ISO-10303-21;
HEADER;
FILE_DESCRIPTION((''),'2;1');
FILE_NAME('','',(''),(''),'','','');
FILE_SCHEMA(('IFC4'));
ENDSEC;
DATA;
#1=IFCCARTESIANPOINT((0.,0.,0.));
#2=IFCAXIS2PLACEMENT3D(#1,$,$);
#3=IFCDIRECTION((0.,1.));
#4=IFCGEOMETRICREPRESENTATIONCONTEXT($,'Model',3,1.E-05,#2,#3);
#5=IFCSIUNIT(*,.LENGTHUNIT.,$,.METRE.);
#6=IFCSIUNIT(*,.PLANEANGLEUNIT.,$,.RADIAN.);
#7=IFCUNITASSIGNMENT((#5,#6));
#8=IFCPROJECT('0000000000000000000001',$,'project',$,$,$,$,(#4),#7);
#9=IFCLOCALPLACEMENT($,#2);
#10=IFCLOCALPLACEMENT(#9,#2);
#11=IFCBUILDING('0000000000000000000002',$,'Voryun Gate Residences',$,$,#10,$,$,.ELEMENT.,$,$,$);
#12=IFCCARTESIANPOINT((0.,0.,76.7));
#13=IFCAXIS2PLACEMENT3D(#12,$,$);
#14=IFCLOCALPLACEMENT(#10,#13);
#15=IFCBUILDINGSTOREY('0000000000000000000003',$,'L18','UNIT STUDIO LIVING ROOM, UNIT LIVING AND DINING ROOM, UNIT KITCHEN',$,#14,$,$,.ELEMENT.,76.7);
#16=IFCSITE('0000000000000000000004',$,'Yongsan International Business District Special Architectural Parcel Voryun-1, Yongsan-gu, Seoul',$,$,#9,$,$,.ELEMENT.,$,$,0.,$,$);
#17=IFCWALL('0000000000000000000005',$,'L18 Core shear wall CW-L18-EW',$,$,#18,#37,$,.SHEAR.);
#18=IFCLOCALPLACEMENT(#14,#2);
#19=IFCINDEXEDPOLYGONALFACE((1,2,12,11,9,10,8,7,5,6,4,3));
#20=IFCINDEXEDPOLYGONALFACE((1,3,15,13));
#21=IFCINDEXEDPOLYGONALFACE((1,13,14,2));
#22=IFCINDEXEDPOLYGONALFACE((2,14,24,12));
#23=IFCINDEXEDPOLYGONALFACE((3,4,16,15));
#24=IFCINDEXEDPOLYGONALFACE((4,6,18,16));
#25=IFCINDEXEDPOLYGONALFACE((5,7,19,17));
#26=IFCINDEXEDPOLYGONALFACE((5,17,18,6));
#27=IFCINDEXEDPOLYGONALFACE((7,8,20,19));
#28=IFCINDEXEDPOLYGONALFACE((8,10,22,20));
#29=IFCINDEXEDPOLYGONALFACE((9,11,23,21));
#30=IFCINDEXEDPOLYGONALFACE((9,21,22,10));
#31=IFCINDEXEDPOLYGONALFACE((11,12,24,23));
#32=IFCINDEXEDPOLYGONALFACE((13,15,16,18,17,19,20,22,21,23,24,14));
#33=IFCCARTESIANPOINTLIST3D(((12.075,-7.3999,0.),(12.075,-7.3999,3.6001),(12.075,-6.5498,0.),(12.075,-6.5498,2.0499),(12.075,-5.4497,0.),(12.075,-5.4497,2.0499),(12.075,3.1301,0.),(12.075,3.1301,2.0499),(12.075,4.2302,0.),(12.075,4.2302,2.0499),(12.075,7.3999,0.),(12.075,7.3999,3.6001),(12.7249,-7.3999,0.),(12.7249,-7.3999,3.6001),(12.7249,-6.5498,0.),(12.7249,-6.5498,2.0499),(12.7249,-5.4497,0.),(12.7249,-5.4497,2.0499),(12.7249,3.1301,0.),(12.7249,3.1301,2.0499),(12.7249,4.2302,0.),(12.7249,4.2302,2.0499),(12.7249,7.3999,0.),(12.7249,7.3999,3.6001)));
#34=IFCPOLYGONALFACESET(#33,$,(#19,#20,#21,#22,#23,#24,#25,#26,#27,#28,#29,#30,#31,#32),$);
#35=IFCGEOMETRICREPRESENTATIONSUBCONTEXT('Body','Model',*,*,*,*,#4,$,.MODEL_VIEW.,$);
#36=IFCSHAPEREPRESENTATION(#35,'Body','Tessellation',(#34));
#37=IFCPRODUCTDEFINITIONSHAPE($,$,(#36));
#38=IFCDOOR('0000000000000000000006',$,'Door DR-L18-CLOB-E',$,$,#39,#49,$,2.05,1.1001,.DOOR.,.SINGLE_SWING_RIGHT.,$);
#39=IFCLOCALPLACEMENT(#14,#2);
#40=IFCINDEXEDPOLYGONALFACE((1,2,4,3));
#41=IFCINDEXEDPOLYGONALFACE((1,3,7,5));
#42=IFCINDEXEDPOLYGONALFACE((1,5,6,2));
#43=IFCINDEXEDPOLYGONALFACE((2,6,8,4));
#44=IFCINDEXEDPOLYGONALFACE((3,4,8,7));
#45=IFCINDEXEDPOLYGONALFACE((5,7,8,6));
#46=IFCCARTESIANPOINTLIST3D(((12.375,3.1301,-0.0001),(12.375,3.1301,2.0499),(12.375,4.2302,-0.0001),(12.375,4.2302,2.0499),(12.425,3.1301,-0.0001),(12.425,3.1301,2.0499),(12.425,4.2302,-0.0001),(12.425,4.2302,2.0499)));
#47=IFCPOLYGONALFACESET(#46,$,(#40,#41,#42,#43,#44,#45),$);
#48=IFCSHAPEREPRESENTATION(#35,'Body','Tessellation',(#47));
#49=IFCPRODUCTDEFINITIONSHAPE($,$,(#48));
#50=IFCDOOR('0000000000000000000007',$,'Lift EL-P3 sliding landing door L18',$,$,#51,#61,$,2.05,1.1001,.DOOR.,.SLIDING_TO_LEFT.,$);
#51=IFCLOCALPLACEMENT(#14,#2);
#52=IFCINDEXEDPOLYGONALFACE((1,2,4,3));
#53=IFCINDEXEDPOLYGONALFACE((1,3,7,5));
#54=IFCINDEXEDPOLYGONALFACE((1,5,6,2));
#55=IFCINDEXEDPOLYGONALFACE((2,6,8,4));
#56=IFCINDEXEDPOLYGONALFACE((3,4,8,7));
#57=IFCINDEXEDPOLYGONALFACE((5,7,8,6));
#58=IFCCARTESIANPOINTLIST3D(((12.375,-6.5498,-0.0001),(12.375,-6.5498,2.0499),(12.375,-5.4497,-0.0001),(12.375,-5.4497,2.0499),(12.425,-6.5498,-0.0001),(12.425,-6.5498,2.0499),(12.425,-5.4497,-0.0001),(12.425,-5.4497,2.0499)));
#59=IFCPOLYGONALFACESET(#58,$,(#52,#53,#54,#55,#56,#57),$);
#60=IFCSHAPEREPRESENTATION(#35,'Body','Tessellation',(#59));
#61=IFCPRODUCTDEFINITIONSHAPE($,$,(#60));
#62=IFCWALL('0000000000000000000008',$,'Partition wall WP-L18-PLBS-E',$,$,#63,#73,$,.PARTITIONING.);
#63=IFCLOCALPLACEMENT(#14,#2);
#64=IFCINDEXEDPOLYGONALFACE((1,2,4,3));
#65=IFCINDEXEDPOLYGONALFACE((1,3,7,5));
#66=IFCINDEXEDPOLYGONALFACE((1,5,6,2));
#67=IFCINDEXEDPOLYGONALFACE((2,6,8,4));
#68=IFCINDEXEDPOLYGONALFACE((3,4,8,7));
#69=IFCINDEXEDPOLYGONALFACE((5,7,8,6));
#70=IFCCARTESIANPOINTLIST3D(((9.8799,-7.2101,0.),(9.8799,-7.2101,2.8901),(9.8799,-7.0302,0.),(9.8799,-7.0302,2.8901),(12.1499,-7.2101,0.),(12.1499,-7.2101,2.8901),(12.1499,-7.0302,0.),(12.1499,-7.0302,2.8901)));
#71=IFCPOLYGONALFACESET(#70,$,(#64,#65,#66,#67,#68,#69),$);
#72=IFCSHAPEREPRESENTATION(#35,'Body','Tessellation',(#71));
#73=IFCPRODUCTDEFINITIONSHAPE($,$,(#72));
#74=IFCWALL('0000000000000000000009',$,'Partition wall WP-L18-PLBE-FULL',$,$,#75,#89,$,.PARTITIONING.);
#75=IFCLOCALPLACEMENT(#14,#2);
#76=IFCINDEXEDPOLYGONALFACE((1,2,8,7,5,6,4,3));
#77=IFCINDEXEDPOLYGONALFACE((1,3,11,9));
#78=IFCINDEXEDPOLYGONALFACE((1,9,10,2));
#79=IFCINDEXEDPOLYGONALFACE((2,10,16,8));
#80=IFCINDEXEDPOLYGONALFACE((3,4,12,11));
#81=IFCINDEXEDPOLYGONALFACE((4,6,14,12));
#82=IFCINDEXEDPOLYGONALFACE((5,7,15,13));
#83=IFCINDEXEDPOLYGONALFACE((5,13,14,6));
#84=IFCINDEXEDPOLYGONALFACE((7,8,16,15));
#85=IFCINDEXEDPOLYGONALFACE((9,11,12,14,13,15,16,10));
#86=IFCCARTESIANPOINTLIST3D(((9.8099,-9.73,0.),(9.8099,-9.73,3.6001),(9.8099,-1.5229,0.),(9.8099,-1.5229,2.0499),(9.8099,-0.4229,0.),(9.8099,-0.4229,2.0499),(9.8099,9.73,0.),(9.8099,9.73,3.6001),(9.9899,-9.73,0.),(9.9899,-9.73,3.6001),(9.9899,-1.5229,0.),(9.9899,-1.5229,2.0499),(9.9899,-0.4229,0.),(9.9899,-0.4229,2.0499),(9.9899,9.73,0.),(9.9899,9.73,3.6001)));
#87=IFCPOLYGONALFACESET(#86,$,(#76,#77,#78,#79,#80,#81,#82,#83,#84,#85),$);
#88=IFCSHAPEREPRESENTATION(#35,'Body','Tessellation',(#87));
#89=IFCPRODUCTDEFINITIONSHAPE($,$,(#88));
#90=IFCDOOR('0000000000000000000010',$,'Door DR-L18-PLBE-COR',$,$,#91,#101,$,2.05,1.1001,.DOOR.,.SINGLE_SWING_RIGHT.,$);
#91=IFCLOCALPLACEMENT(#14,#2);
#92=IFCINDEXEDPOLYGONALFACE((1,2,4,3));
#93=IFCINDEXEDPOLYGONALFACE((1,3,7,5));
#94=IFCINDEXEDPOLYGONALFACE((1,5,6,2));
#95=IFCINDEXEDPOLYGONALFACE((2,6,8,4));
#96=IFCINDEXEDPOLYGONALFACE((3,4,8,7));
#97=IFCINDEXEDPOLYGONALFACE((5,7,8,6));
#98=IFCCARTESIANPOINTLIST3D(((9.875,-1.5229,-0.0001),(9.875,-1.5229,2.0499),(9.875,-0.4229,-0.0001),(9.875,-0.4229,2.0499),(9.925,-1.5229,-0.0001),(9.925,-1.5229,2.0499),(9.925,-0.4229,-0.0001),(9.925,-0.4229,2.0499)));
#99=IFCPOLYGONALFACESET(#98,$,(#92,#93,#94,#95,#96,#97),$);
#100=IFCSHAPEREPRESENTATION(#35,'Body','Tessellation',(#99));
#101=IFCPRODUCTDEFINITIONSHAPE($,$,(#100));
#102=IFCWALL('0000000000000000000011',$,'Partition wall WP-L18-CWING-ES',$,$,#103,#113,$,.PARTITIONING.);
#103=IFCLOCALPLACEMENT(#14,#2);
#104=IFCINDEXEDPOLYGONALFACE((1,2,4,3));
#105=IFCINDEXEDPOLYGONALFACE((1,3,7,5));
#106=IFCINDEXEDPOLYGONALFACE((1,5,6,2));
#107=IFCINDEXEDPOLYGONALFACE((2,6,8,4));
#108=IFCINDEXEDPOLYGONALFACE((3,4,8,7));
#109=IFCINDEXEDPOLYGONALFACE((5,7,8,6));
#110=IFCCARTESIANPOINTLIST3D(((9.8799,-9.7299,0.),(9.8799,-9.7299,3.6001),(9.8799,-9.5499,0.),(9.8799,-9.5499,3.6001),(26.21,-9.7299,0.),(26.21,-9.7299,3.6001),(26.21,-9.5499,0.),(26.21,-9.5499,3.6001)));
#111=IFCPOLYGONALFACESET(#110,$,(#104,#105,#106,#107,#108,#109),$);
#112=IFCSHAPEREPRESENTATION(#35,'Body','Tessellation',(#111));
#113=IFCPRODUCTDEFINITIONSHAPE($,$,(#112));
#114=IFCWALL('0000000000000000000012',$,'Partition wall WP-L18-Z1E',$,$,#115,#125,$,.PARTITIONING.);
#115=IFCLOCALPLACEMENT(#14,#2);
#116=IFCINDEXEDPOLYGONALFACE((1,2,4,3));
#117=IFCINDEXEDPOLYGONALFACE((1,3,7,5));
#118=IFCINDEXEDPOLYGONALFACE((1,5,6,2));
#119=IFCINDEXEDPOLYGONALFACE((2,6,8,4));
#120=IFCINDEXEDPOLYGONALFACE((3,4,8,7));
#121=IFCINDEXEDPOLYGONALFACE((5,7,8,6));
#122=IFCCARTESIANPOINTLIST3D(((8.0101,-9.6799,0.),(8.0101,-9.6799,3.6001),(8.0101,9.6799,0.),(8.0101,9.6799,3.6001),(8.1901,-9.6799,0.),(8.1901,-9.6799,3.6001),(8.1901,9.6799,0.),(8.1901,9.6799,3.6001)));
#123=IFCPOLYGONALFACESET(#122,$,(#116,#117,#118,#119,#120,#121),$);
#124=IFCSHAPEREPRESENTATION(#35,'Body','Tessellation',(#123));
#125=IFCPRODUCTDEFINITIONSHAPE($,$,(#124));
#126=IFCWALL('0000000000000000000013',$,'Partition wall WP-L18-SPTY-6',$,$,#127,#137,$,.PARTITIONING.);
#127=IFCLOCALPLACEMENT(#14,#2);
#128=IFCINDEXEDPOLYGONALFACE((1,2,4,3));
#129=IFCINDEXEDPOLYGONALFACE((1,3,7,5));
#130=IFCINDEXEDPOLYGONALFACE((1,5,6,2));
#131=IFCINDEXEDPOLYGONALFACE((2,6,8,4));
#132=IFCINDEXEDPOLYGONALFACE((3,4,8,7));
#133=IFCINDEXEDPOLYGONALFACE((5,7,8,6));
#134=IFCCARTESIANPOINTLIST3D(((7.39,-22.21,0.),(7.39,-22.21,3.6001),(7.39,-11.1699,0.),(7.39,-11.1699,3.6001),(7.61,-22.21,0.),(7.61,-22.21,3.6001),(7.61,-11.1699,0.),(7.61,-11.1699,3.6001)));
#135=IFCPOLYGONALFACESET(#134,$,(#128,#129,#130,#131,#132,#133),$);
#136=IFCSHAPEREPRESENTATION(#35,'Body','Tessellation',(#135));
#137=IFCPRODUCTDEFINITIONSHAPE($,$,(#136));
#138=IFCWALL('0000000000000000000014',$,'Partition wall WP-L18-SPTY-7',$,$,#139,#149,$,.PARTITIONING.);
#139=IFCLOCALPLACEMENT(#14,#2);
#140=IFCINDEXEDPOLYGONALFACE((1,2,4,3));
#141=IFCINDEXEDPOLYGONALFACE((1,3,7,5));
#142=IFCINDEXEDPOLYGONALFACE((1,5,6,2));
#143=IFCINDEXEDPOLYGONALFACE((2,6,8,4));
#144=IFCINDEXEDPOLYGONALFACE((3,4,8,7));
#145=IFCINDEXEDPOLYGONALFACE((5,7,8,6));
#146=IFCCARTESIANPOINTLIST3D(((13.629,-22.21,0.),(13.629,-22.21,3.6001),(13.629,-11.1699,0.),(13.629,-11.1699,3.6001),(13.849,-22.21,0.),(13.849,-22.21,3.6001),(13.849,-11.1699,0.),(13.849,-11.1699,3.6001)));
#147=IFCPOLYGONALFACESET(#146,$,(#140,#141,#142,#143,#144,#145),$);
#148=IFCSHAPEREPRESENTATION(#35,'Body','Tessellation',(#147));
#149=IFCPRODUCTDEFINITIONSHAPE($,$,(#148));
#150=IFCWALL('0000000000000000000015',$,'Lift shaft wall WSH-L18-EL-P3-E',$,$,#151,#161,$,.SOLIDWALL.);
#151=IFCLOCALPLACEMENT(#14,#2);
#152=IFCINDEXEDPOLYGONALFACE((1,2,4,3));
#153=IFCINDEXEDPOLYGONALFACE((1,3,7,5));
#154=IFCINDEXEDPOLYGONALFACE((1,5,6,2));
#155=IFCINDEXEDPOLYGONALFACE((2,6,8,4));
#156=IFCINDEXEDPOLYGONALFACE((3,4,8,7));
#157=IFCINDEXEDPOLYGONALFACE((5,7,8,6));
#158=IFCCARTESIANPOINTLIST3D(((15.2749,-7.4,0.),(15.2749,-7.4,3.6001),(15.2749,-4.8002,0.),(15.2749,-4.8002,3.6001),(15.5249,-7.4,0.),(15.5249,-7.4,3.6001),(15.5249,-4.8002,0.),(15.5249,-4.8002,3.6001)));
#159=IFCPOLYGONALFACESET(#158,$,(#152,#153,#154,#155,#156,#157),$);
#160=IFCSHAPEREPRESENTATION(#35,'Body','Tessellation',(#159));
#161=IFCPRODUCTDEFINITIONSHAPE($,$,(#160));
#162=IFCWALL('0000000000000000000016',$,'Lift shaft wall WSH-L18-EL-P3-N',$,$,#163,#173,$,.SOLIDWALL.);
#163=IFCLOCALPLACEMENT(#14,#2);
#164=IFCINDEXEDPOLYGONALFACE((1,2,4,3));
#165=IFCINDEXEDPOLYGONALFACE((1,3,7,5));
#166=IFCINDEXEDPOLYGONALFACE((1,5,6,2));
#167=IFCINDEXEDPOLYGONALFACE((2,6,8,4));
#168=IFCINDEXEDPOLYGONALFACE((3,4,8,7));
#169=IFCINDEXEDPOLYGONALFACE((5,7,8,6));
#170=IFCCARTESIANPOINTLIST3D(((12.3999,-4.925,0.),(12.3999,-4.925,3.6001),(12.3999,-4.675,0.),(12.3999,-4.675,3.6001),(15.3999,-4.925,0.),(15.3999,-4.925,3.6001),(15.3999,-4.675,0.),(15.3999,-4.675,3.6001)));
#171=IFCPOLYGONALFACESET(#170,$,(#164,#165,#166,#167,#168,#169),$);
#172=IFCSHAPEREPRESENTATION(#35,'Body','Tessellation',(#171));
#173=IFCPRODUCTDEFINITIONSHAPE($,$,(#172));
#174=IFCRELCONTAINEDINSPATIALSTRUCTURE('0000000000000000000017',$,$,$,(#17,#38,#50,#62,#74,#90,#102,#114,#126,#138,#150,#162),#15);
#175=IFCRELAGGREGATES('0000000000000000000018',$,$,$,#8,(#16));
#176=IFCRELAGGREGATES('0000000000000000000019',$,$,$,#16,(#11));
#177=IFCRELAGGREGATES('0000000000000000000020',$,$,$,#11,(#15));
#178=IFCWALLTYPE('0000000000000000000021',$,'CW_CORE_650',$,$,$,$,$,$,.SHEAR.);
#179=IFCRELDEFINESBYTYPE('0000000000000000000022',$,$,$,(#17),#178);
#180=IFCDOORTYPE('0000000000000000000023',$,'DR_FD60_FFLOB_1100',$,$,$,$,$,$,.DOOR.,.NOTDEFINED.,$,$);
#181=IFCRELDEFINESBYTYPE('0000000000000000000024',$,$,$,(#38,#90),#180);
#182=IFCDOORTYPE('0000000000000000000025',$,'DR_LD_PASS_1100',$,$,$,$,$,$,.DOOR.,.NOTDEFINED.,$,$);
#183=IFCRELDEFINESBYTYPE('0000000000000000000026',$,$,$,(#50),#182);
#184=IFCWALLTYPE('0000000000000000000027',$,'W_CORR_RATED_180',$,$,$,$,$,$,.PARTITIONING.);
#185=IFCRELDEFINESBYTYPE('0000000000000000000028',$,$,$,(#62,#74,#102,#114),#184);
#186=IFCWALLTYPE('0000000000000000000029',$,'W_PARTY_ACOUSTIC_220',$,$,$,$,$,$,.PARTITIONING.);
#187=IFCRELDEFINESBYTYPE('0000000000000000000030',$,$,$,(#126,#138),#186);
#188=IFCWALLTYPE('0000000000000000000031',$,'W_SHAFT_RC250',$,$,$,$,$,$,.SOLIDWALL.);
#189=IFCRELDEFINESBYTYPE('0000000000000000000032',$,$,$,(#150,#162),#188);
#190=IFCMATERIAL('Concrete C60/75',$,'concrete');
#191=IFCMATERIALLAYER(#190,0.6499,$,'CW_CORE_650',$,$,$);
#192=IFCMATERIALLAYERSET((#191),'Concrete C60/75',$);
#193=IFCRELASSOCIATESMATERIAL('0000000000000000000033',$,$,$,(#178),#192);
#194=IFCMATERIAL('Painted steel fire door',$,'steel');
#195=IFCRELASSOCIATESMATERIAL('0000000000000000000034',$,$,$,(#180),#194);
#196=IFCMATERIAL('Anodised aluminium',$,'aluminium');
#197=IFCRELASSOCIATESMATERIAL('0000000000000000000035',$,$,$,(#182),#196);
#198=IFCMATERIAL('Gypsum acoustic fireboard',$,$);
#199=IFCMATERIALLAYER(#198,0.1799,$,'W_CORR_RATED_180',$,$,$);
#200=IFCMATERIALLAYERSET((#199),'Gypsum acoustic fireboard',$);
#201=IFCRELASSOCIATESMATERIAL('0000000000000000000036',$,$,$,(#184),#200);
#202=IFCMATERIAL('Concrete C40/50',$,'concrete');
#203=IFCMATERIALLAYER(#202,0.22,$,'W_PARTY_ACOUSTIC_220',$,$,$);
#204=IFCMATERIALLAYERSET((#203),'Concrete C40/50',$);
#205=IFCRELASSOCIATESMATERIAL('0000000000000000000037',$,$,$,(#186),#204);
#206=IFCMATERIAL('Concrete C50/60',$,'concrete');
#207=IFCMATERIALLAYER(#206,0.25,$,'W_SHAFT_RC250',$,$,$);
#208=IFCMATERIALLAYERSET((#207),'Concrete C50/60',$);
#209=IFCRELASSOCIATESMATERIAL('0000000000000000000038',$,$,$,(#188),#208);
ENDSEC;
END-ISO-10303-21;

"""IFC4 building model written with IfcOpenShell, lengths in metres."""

from ifc_helpers import new_model, si_unit, direction, frame, frame_2d, origin, place, context, subcontext, project, spatial, rectangle, extrude, material, layer, layer_set, type_object, element, fill, save


model = new_model("IFC4")

# Units and contexts
model_context = context("Model", 3, precision=1e-05, world=origin(), true_north=direction((0.0, 1.0)))
body_context = subcontext(model_context, "Body", "Model", "MODEL_VIEW")
ifc_project = project(units=[si_unit("LENGTHUNIT", "METRE"), si_unit("PLANEANGLEUNIT", "RADIAN")], contexts=[model_context])

# Site, building, storey
site_placement = place(None, origin())
site = spatial("IfcSite", under=ifc_project, at=site_placement, Name="Yongsan International Business District Special Architectural Parcel Voryun-1, Yongsan-gu, Seoul", CompositionType="ELEMENT", RefElevation=0.0)
building_placement = place(site_placement, origin())
building = spatial("IfcBuilding", under=site, at=building_placement, Name="Voryun Gate Residences", CompositionType="ELEMENT")
storey_placement = place(building_placement, frame((0.0, 0.0, 76.7)))
storey = spatial("IfcBuildingStorey", under=building, at=storey_placement, Name="L18", Description="UNIT STUDIO LIVING ROOM, UNIT LIVING AND DINING ROOM, UNIT KITCHEN", CompositionType="ELEMENT", Elevation=76.7)

# Shared definitions
ifc_material_1 = material(Name="Concrete C60/75", Category="concrete")
ifc_layer_1 = layer(ifc_material_1, 0.6499, Name="CW_CORE_650")
ifc_layer_set_1 = layer_set([ifc_layer_1], Name="Concrete C60/75")
wall_type_1 = type_object("IfcWallType", Name="CW_CORE_650", PredefinedType="SHEAR", material=ifc_layer_set_1)

# Wall, openings, doors
wall_1_placement = place(storey_placement, frame((12.3999, -7.3999, 0.0), z_axis=(0.0, 0.0, 1.0), x_axis=(0.0, 1.0, 0.0)))
wall_1 = element("IfcWall", 1, at=wall_1_placement, inside=storey, type_object=wall_type_1, Name="L18 Core shear wall CW-L18-EW", PredefinedType="SHEAR", context=body_context, shape_type="SweptSolid", body=[
    extrude(rectangle(XDim=14.7998, YDim=0.6499, at=frame_2d((7.3999, 0.0))), origin(), (0.0, 0.0, 1.0), 3.6001),
])
opening_1_placement = place(wall_1_placement, frame((0.8501, 0.0, 0.0)))
opening_1 = element("IfcOpeningElement", 2, at=opening_1_placement, cuts=wall_1, PredefinedType="OPENING", context=body_context, shape_type="SweptSolid", body=[
    extrude(rectangle(XDim=1.1001, YDim=2.05, at=frame_2d((0.55, 1.0249))), frame((0.0, 0.335, 0.0), z_axis=(0.0, -1.0, 0.0), x_axis=(1.0, 0.0, 0.0)), (0.0, 0.0, 1.0), 0.6699),
])
opening_2_placement = place(wall_1_placement, frame((10.53, 0.0, 0.0)))
opening_2 = element("IfcOpeningElement", 3, at=opening_2_placement, cuts=wall_1, PredefinedType="OPENING", context=body_context, shape_type="SweptSolid", body=[
    extrude(rectangle(XDim=1.1001, YDim=2.05, at=frame_2d((0.55, 1.0249))), frame((0.0, 0.335, 0.0), z_axis=(0.0, -1.0, 0.0), x_axis=(1.0, 0.0, 0.0)), (0.0, 0.0, 1.0), 0.6699),
])
ifc_material_2 = material(Name="Painted steel fire door", Category="steel")
door_type_1 = type_object("IfcDoorType", Name="DR_FD60_FFLOB_1100", OperationType="NOTDEFINED", PredefinedType="DOOR", material=ifc_material_2)
door_1_placement = place(opening_2_placement, origin())
door_1 = element("IfcDoor", 4, at=door_1_placement, inside=storey, type_object=door_type_1, Name="Door DR-L18-CLOB-E", OperationType="SINGLE_SWING_RIGHT", OverallHeight=2.05, OverallWidth=1.1001, PredefinedType="DOOR", context=body_context, shape_type="SweptSolid", body=[
    extrude(rectangle(XDim=1.1001, YDim=2.05, at=frame_2d((0.55, 1.0249))), frame((0.0, 0.0249, 0.0), z_axis=(0.0, -1.0, 0.0), x_axis=(1.0, 0.0, 0.0)), (0.0, 0.0, 1.0), 0.05),
])
fill(opening_2, door_1)
ifc_material_3 = material(Name="Anodised aluminium", Category="aluminium")
door_type_2 = type_object("IfcDoorType", Name="DR_LD_PASS_1100", OperationType="NOTDEFINED", PredefinedType="DOOR", material=ifc_material_3)
door_2_placement = place(opening_1_placement, origin())
door_2 = element("IfcDoor", 5, at=door_2_placement, inside=storey, type_object=door_type_2, Name="Lift EL-P3 sliding landing door L18", OperationType="SLIDING_TO_LEFT", OverallHeight=2.05, OverallWidth=1.1001, PredefinedType="DOOR", context=body_context, shape_type="SweptSolid", body=[
    extrude(rectangle(XDim=1.1001, YDim=2.05, at=frame_2d((0.55, 1.0249))), frame((0.0, 0.0249, 0.0), z_axis=(0.0, -1.0, 0.0), x_axis=(1.0, 0.0, 0.0)), (0.0, 0.0, 1.0), 0.05),
])
fill(opening_1, door_2)

# Wall
ifc_material_4 = material(Name="Gypsum acoustic fireboard")
ifc_layer_2 = layer(ifc_material_4, 0.1799, Name="W_CORR_RATED_180")
ifc_layer_set_2 = layer_set([ifc_layer_2], Name="Gypsum acoustic fireboard")
wall_type_2 = type_object("IfcWallType", Name="W_CORR_RATED_180", PredefinedType="PARTITIONING", material=ifc_layer_set_2)
wall_2_placement = place(storey_placement, frame((9.8799, -7.1201, 0.0), z_axis=(0.0, 0.0, 1.0), x_axis=(1.0, 0.0, 0.0)))
element("IfcWall", 6, at=wall_2_placement, inside=storey, type_object=wall_type_2, Name="Partition wall WP-L18-PLBS-E", PredefinedType="PARTITIONING", context=body_context, shape_type="SweptSolid", body=[
    extrude(rectangle(XDim=2.27, YDim=0.1799, at=frame_2d((1.135, 0.0))), origin(), (0.0, 0.0, 1.0), 2.8901),
])

# Wall, opening, door
wall_3_placement = place(storey_placement, frame((9.8999, -9.73, 0.0), z_axis=(0.0, 0.0, 1.0), x_axis=(0.0, 1.0, 0.0)))
wall_3 = element("IfcWall", 7, at=wall_3_placement, inside=storey, type_object=wall_type_2, Name="Partition wall WP-L18-PLBE-FULL", PredefinedType="PARTITIONING", context=body_context, shape_type="SweptSolid", body=[
    extrude(rectangle(XDim=19.46, YDim=0.1799, at=frame_2d((9.73, 0.0))), origin(), (0.0, 0.0, 1.0), 3.6001),
])
opening_3_placement = place(wall_3_placement, frame((8.207, 0.0, 0.0)))
opening_3 = element("IfcOpeningElement", 8, at=opening_3_placement, cuts=wall_3, PredefinedType="OPENING", context=body_context, shape_type="SweptSolid", body=[
    extrude(rectangle(XDim=1.1001, YDim=2.05, at=frame_2d((0.55, 1.0249))), frame((0.0, 0.0999, 0.0), z_axis=(0.0, -1.0, 0.0), x_axis=(1.0, 0.0, 0.0)), (0.0, 0.0, 1.0), 0.2),
])
door_3_placement = place(opening_3_placement, origin())
door_3 = element("IfcDoor", 9, at=door_3_placement, inside=storey, type_object=door_type_1, Name="Door DR-L18-PLBE-COR", OperationType="SINGLE_SWING_RIGHT", OverallHeight=2.05, OverallWidth=1.1001, PredefinedType="DOOR", context=body_context, shape_type="SweptSolid", body=[
    extrude(rectangle(XDim=1.1001, YDim=2.05, at=frame_2d((0.55, 1.0249))), frame((0.0, 0.0249, 0.0), z_axis=(0.0, -1.0, 0.0), x_axis=(1.0, 0.0, 0.0)), (0.0, 0.0, 1.0), 0.05),
])
fill(opening_3, door_3)

# Walls
wall_4_placement = place(storey_placement, frame((9.8799, -9.6399, 0.0), z_axis=(0.0, 0.0, 1.0), x_axis=(1.0, 0.0, 0.0)))
element("IfcWall", 10, at=wall_4_placement, inside=storey, type_object=wall_type_2, Name="Partition wall WP-L18-CWING-ES", PredefinedType="PARTITIONING", context=body_context, shape_type="SweptSolid", body=[
    extrude(rectangle(XDim=16.3301, YDim=0.1799, at=frame_2d((8.165, 0.0))), origin(), (0.0, 0.0, 1.0), 3.6001),
])
wall_5_placement = place(storey_placement, frame((8.1001, -9.6799, 0.0), z_axis=(0.0, 0.0, 1.0), x_axis=(0.0, 1.0, 0.0)))
element("IfcWall", 11, at=wall_5_placement, inside=storey, type_object=wall_type_2, Name="Partition wall WP-L18-Z1E", PredefinedType="PARTITIONING", context=body_context, shape_type="SweptSolid", body=[
    extrude(rectangle(XDim=19.3599, YDim=0.1799, at=frame_2d((9.6799, 0.0))), origin(), (0.0, 0.0, 1.0), 3.6001),
])
ifc_material_5 = material(Name="Concrete C40/50", Category="concrete")
ifc_layer_3 = layer(ifc_material_5, 0.22, Name="W_PARTY_ACOUSTIC_220")
ifc_layer_set_3 = layer_set([ifc_layer_3], Name="Concrete C40/50")
wall_type_3 = type_object("IfcWallType", Name="W_PARTY_ACOUSTIC_220", PredefinedType="PARTITIONING", material=ifc_layer_set_3)
for number, where, z_axis, x_axis, name in (
    (12, (7.5, -22.21, 0.0), (0.0, 0.0, 1.0), (0.0, 1.0, 0.0), "Partition wall WP-L18-SPTY-6"),
    (13, (13.739, -22.21, 0.0), (0.0, 0.0, 1.0), (0.0, 1.0, 0.0), "Partition wall WP-L18-SPTY-7"),
):
    element("IfcWall", number, at=place(storey_placement, frame(where, z_axis=z_axis, x_axis=x_axis)), inside=storey, type_object=wall_type_3, Name=name, PredefinedType="PARTITIONING", context=body_context, shape_type="SweptSolid", body=[
        extrude(rectangle(XDim=11.04, YDim=0.22, at=frame_2d((5.52, 0.0))), origin(), (0.0, 0.0, 1.0), 3.6001),
    ])
ifc_material_6 = material(Name="Concrete C50/60", Category="concrete")
ifc_layer_4 = layer(ifc_material_6, 0.25, Name="W_SHAFT_RC250")
ifc_layer_set_4 = layer_set([ifc_layer_4], Name="Concrete C50/60")
wall_type_4 = type_object("IfcWallType", Name="W_SHAFT_RC250", PredefinedType="SOLIDWALL", material=ifc_layer_set_4)
wall_6_placement = place(storey_placement, frame((15.3999, -7.3999, 0.0), z_axis=(0.0, 0.0, 1.0), x_axis=(0.0, 1.0, 0.0)))
element("IfcWall", 14, at=wall_6_placement, inside=storey, type_object=wall_type_4, Name="Lift shaft wall WSH-L18-EL-P3-E", PredefinedType="SOLIDWALL", context=body_context, shape_type="SweptSolid", body=[
    extrude(rectangle(XDim=2.5999, YDim=0.25, at=frame_2d((1.2998, 0.0))), origin(), (0.0, 0.0, 1.0), 3.6001),
])
wall_7_placement = place(storey_placement, frame((15.3999, -4.8, 0.0), z_axis=(0.0, 0.0, 1.0), x_axis=(-1.0, 0.0, 0.0)))
element("IfcWall", 15, at=wall_7_placement, inside=storey, type_object=wall_type_4, Name="Lift shaft wall WSH-L18-EL-P3-N", PredefinedType="SOLIDWALL", context=body_context, shape_type="SweptSolid", body=[
    extrude(rectangle(XDim=3.0, YDim=0.25, at=frame_2d((1.5, 0.0))), origin(), (0.0, 0.0, 1.0), 3.6001),
])

save(model, "model.ifc")
